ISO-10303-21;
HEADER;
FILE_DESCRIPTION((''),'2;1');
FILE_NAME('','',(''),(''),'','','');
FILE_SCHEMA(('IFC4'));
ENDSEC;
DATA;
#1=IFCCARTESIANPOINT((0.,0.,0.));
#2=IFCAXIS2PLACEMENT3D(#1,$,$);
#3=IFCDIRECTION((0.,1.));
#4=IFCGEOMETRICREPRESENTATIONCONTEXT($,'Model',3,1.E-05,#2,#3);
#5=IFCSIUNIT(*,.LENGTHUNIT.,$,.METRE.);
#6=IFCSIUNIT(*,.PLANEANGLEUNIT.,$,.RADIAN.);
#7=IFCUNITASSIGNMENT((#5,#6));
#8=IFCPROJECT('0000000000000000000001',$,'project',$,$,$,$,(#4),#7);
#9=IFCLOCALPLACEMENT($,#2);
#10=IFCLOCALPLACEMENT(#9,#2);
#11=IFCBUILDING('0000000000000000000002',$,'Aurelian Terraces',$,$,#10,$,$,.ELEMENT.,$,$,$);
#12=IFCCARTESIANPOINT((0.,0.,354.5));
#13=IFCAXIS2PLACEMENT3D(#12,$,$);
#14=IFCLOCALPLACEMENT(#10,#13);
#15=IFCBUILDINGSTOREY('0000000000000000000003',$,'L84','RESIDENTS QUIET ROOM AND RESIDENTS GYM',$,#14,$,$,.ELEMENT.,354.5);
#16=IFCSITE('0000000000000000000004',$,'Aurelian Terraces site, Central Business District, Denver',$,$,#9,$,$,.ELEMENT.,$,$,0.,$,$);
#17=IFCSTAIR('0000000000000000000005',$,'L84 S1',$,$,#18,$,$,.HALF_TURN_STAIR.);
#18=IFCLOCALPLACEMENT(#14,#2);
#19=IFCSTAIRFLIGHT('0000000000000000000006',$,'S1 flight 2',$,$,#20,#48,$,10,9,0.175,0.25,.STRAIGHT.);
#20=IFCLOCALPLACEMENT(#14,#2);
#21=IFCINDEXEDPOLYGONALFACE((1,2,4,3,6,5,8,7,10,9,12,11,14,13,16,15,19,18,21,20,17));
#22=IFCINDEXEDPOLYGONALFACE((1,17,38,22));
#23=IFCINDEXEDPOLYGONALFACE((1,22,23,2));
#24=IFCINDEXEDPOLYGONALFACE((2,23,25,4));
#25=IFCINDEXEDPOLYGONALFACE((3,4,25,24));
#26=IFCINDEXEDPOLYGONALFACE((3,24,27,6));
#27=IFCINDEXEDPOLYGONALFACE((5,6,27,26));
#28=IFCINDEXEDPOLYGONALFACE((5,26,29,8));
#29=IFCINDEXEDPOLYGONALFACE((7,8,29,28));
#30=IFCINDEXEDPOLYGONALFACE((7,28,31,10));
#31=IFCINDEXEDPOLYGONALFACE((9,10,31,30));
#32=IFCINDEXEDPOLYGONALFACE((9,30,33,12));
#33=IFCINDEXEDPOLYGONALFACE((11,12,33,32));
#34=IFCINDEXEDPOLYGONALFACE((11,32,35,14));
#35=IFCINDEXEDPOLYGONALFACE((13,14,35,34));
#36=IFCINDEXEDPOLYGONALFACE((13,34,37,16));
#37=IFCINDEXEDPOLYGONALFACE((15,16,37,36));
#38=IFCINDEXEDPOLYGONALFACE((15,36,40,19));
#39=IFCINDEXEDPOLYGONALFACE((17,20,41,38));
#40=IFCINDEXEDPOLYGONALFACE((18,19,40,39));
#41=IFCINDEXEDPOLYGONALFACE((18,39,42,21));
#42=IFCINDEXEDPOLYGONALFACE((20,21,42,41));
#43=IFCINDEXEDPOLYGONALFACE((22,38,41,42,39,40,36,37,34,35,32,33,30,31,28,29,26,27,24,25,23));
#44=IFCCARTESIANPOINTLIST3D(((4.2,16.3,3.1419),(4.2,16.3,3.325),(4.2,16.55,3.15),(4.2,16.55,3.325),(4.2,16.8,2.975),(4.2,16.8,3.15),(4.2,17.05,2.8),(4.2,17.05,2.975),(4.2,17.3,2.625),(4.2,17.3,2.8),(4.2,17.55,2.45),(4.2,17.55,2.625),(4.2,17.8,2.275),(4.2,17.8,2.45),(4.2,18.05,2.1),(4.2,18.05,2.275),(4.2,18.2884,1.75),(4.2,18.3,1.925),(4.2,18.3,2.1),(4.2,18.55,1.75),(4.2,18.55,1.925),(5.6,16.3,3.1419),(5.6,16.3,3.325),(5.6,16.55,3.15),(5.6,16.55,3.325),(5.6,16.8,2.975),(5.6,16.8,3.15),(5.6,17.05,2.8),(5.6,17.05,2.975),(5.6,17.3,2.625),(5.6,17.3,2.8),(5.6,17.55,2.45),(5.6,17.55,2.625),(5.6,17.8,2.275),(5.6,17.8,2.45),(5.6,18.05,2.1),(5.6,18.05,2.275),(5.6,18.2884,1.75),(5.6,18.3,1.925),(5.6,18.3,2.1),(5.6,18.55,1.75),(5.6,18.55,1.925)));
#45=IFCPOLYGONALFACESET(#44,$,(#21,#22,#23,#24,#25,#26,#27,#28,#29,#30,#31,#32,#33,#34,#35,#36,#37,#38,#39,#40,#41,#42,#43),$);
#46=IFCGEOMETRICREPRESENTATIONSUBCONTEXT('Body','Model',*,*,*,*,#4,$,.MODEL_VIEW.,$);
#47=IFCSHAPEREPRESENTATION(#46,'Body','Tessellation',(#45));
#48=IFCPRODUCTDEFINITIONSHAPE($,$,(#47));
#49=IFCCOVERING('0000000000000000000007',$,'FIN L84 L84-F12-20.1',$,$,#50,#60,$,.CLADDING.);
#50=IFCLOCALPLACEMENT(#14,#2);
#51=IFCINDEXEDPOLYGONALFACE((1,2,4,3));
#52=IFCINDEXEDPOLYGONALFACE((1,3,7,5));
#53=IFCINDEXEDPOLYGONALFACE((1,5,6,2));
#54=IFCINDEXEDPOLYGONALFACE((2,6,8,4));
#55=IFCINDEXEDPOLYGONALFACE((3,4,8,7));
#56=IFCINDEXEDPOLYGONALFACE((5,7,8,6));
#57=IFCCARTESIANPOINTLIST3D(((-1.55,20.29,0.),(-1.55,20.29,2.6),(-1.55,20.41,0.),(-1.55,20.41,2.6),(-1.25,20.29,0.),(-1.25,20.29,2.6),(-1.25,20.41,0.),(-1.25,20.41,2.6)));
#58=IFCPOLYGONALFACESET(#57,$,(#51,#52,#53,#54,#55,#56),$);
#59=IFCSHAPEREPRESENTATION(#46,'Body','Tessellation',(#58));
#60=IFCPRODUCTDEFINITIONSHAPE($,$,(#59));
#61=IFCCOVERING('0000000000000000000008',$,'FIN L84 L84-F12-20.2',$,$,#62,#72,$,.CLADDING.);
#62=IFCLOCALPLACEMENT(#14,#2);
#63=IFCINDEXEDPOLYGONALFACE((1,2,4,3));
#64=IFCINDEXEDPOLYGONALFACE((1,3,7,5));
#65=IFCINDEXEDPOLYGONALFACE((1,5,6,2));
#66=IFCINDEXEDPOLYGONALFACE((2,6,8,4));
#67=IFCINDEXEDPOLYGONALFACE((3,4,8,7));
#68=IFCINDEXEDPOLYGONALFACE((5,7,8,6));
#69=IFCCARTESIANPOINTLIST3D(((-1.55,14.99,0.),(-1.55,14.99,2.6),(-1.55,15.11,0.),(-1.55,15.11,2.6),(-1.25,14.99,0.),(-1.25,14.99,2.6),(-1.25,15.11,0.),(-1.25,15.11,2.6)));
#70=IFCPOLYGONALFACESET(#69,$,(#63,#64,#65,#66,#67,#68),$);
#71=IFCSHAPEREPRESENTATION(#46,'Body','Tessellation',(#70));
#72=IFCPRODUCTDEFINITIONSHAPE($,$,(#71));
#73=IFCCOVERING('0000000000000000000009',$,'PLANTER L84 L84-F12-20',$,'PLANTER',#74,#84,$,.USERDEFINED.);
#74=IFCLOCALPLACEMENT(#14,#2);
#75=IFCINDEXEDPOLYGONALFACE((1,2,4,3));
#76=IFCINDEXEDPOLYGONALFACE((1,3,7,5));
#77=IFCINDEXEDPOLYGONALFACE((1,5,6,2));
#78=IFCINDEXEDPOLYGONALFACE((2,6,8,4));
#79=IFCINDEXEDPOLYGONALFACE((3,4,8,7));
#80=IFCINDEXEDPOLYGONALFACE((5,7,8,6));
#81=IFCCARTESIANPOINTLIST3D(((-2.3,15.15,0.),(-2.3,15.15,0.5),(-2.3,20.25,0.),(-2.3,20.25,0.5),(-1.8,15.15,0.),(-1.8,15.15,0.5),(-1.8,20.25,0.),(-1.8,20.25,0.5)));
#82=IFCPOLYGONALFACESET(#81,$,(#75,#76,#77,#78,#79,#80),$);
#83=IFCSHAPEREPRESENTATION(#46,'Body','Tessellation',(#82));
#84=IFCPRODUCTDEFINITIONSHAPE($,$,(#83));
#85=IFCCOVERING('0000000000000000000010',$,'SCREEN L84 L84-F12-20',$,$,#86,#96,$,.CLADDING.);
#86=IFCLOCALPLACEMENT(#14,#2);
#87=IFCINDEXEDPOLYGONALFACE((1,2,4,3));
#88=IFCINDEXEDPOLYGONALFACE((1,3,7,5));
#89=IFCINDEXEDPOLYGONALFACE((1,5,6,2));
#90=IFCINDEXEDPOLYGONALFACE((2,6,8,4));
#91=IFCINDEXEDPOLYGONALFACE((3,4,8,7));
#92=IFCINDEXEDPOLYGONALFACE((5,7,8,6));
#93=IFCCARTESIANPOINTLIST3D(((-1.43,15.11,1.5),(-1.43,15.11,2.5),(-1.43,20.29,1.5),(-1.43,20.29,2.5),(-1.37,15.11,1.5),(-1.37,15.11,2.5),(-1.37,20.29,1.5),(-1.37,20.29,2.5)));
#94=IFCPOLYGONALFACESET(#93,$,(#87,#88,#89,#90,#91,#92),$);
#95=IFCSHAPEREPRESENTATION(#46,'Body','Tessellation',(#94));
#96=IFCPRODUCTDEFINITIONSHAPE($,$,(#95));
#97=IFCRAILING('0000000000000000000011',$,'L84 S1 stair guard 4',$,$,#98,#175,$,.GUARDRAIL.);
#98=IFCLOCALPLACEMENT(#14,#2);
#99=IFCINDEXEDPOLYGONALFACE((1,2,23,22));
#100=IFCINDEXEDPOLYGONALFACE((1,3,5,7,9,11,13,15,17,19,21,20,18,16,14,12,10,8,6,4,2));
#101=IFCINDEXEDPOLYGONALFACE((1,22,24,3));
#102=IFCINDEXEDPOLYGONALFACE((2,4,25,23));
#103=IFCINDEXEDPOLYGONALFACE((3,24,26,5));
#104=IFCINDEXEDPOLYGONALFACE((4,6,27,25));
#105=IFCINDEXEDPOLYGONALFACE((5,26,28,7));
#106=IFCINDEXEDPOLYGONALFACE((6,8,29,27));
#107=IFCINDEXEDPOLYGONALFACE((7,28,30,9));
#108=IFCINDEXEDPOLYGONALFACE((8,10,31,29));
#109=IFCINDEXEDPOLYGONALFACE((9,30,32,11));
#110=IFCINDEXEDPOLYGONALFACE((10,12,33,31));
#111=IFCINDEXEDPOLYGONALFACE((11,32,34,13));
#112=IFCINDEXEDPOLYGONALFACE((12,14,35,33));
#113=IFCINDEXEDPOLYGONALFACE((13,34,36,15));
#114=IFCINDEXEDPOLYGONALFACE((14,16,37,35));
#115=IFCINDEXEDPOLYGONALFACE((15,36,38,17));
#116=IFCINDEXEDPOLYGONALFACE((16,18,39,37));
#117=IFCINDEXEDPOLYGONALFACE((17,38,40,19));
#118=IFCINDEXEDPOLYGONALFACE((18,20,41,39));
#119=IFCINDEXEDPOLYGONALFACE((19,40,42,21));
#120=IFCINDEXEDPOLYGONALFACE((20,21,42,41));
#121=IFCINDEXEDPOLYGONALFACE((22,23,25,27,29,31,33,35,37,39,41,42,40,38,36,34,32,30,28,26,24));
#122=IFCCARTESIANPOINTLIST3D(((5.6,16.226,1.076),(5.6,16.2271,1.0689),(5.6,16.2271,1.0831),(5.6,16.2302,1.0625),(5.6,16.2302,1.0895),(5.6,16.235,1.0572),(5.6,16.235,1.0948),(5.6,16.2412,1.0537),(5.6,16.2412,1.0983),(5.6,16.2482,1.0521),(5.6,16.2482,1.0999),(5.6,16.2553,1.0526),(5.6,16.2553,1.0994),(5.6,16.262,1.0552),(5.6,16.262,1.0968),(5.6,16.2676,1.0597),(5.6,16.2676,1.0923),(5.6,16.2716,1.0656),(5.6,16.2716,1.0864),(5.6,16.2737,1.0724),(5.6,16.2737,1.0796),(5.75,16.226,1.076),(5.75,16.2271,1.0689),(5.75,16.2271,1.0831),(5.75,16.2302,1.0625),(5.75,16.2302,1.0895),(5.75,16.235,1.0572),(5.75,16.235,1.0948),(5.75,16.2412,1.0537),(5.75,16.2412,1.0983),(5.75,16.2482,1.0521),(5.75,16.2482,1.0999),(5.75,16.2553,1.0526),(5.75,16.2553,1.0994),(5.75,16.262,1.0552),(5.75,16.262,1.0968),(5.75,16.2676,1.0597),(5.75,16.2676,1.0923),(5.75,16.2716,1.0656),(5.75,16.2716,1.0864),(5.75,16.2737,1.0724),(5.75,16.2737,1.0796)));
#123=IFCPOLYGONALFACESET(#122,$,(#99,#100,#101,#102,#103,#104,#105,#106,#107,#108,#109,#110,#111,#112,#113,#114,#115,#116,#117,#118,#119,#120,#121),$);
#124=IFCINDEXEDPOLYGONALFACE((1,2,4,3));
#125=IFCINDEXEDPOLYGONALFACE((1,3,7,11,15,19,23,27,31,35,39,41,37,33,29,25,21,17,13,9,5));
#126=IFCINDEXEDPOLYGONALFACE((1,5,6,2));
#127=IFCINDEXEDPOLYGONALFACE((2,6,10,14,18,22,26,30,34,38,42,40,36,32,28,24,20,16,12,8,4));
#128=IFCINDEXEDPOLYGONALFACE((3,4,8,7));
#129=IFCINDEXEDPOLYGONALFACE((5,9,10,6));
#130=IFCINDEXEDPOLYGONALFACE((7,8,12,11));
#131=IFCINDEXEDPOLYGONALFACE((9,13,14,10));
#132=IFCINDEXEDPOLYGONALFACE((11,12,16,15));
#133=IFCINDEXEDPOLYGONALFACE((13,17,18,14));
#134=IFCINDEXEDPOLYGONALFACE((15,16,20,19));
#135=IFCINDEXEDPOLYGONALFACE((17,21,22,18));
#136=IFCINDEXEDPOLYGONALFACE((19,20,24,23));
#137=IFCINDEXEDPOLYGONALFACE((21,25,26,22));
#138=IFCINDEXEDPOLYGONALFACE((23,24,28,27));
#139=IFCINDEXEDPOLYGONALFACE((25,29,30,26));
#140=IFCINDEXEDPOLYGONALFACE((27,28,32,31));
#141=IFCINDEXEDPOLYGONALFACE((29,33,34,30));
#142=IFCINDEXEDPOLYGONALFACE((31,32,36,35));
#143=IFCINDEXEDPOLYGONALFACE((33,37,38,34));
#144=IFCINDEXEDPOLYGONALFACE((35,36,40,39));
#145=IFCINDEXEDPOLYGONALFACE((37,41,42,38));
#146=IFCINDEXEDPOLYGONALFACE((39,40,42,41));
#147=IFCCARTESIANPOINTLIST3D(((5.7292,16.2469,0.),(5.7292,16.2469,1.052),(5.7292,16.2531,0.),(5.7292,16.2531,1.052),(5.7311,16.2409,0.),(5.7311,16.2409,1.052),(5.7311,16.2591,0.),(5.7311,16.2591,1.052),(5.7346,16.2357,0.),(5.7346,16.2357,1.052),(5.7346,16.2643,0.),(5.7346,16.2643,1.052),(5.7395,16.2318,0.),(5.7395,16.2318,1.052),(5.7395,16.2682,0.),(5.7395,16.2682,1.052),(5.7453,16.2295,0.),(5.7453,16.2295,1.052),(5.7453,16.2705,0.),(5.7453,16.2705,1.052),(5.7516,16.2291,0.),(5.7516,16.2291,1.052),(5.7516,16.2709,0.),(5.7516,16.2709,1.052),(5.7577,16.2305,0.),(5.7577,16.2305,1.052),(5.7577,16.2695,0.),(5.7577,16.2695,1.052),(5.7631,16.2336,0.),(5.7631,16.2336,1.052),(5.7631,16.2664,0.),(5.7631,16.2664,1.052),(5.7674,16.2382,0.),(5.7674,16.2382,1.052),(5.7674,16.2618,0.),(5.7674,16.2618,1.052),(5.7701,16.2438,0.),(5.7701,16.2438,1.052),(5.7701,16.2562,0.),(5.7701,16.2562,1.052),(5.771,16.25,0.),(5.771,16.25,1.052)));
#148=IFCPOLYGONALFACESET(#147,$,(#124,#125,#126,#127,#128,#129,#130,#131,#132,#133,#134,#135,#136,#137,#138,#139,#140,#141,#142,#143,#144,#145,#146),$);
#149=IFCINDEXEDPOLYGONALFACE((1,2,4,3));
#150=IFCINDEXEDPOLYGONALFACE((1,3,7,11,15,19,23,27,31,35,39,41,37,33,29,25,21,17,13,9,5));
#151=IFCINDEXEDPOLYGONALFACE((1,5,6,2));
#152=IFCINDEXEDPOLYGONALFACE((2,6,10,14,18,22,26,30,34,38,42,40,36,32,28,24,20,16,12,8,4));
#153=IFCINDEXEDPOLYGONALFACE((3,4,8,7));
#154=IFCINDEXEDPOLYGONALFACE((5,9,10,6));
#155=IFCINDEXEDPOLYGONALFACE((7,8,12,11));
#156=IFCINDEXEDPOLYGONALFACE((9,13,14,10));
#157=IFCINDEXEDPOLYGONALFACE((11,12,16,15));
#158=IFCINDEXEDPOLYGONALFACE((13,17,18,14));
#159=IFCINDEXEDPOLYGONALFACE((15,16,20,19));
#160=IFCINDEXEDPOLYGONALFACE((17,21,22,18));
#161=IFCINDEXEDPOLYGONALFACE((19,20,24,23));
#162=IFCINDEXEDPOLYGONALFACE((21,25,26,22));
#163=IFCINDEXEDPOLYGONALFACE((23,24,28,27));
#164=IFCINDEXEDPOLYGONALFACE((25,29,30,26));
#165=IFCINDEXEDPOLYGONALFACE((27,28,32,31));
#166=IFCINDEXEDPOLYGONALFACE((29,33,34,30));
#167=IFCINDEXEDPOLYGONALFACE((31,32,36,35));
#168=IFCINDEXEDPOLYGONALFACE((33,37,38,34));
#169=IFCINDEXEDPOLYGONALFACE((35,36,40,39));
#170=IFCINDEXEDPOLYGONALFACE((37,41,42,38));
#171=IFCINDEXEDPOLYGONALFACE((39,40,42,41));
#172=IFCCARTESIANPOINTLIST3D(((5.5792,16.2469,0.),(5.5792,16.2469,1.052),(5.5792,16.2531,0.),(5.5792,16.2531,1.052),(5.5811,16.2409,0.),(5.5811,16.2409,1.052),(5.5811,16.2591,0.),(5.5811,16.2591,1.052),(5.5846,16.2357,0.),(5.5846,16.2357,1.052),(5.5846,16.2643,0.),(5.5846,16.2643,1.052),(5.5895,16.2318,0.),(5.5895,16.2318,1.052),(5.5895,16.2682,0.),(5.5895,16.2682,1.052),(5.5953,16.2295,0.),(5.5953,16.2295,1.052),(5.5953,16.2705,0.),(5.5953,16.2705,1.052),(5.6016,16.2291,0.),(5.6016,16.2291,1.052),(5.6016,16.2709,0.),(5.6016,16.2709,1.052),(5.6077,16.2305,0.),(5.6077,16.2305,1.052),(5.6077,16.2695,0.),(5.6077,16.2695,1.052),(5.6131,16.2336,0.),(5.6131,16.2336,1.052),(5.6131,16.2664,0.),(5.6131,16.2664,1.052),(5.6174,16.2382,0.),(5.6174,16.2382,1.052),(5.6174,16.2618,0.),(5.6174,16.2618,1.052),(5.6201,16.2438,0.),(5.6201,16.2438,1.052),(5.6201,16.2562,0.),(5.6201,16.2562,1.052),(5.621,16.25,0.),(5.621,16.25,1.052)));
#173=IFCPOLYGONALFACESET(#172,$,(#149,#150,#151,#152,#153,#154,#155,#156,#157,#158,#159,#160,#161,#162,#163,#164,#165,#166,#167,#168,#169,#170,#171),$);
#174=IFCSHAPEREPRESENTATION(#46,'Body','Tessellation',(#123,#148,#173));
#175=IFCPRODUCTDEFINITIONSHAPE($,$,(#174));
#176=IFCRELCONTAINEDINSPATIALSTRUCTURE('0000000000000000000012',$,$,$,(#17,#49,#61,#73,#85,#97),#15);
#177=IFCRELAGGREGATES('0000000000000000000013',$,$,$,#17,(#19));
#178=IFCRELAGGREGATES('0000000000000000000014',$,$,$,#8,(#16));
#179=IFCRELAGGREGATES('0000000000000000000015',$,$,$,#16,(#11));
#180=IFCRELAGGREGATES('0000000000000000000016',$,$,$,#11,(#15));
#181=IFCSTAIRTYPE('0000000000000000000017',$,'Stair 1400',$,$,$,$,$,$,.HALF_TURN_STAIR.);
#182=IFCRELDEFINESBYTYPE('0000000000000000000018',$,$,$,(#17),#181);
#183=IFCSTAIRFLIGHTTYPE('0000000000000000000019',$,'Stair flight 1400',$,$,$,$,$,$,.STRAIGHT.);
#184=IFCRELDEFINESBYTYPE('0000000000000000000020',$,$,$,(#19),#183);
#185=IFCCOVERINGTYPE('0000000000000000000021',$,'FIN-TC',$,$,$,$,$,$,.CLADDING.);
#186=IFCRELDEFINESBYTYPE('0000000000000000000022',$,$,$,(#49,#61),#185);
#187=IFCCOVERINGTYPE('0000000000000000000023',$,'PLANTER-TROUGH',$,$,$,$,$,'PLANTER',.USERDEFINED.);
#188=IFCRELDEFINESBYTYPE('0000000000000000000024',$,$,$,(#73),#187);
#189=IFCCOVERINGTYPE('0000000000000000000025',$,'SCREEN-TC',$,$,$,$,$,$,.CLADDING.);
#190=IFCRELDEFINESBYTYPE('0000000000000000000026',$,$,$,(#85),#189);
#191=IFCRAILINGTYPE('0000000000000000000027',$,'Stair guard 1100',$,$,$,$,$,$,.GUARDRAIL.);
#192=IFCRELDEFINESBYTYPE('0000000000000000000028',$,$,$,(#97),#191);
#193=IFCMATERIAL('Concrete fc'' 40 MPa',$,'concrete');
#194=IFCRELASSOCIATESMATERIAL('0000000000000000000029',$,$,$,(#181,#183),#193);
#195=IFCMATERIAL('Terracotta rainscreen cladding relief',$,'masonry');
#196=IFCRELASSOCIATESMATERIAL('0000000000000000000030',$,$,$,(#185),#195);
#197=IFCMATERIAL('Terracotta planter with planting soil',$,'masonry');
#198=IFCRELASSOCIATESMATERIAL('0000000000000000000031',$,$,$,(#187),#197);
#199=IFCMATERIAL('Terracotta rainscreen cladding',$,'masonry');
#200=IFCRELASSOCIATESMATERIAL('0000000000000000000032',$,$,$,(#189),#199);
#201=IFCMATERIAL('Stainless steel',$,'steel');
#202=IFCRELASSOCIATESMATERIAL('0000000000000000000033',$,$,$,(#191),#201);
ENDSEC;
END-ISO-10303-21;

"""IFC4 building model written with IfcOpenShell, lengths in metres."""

from ifc_helpers import new_model, si_unit, direction, frame, origin, origin_2d, place, context, subcontext, project, spatial, polyline, rectangle, circle, outline, extrude, source, transform, mapped, material, type_object, element, aggregate, save


model = new_model("IFC4")

# Units and contexts
model_context = context("Model", 3, precision=1e-05, world=origin(), true_north=direction((0.0, 1.0)))
body_context = subcontext(model_context, "Body", "Model", "MODEL_VIEW")
ifc_project = project(units=[si_unit("LENGTHUNIT", "METRE"), si_unit("PLANEANGLEUNIT", "RADIAN")], contexts=[model_context])

# Site, building, storey
site_placement = place(None, origin())
site = spatial("IfcSite", under=ifc_project, at=site_placement, Name="Aurelian Terraces site, Central Business District, Denver", CompositionType="ELEMENT", RefElevation=0.0)
building_placement = place(site_placement, origin())
building = spatial("IfcBuilding", under=site, at=building_placement, Name="Aurelian Terraces", CompositionType="ELEMENT")
storey_placement = place(building_placement, frame((0.0, 0.0, 354.5)))
storey = spatial("IfcBuildingStorey", under=building, at=storey_placement, Name="L84", Description="RESIDENTS QUIET ROOM AND RESIDENTS GYM", CompositionType="ELEMENT", Elevation=354.5)

# Shared definitions
ifc_material_1 = material(Name="Terracotta rainscreen cladding", Category="masonry")

# Shared definitions
ifc_material_2 = material(Name="Concrete fc' 40 MPa", Category="concrete")

# Stair, stair flight
stair_type = type_object("IfcStairType", Name="Stair 1400", PredefinedType="HALF_TURN_STAIR", material=ifc_material_2)
stair_placement = place(storey_placement, origin())
stair = element("IfcStair", 1, at=stair_placement, inside=storey, type_object=stair_type, Name="L84 S1", PredefinedType="HALF_TURN_STAIR")
stair_flight_type = type_object("IfcStairFlightType", Name="Stair flight 1400", PredefinedType="STRAIGHT", material=ifc_material_2)
shared_shape_1 = source(origin(), body_context, "Body", "SweptSolid", [
    extrude(outline(polyline([(0.0, 0.0), (0.0, 0.175), (0.25, 0.175), (0.25, 0.35), (0.5, 0.35), (0.5, 0.525), (0.75, 0.525), (0.75, 0.7), (1.0, 0.7), (1.0, 0.875), (1.25, 0.875), (1.25, 1.05), (1.5, 1.05), (1.5, 1.225), (1.75, 1.225), (1.75, 1.4), (2.0, 1.4), (2.0, 1.575), (2.25, 1.575), (2.25, 1.75), (2.25, 1.3919), (0.2616, 0.0), (0.0, 0.0)])), frame((0.0, 0.7, 0.0), z_axis=(0.0, -1.0, 0.0), x_axis=(1.0, 0.0, 0.0)), (0.0, 0.0, 1.0), 1.4),
])
stair_flight_placement = place(storey_placement, frame((4.9, 18.55, 1.75), z_axis=(0.0, 0.0, 1.0), x_axis=(0.0, -1.0, 0.0)))
stair_flight = element("IfcStairFlight", 2, at=stair_flight_placement, type_object=stair_flight_type, Name="S1 flight 2", NumberOfRisers=10, NumberOfTreads=9, PredefinedType="STRAIGHT", RiserHeight=0.175, TreadLength=0.25, context=body_context, shape_type="MappedRepresentation", body=[
    mapped(shared_shape_1, transform((0.0, 0.0, 0.0), scale=1.0)),
])
aggregate(stair, [stair_flight])

# Coverings
ifc_material_3 = material(Name="Terracotta rainscreen cladding relief", Category="masonry")
covering_type_1 = type_object("IfcCoveringType", Name="FIN-TC", PredefinedType="CLADDING", material=ifc_material_3)
shared_shape_2 = source(origin(), body_context, "Body", "SweptSolid", [
    extrude(rectangle(XDim=0.3, YDim=0.12, at=origin_2d()), origin(), (0.0, 0.0, 1.0), 2.6),
])
for number, where, z_axis, x_axis, name in (
    (3, (-1.4, 20.35, 0.0), (0.0, 0.0, 1.0), (1.0, 0.0, 0.0), "FIN L84 L84-F12-20.1"),
    (4, (-1.4, 15.05, 0.0), (0.0, 0.0, 1.0), (1.0, 0.0, 0.0), "FIN L84 L84-F12-20.2"),
):
    element("IfcCovering", number, at=place(storey_placement, frame(where, z_axis=z_axis, x_axis=x_axis)), inside=storey, type_object=covering_type_1, Name=name, PredefinedType="CLADDING", context=body_context, shape_type="MappedRepresentation", body=[
        mapped(shared_shape_2, transform((0.0, 0.0, 0.0), scale=1.0)),
    ])
ifc_material_4 = material(Name="Terracotta planter with planting soil", Category="masonry")
covering_type_2 = type_object("IfcCoveringType", Name="PLANTER-TROUGH", ElementType="PLANTER", PredefinedType="USERDEFINED", material=ifc_material_4)
shared_shape_3 = source(origin(), body_context, "Body", "SweptSolid", [
    extrude(rectangle(XDim=0.5, YDim=5.1, at=origin_2d()), origin(), (0.0, 0.0, 1.0), 0.5),
])
covering_1_placement = place(storey_placement, frame((-2.05, 17.7, 0.0), z_axis=(0.0, 0.0, 1.0), x_axis=(1.0, 0.0, 0.0)))
element("IfcCovering", 5, at=covering_1_placement, inside=storey, type_object=covering_type_2, Name="PLANTER L84 L84-F12-20", ObjectType="PLANTER", PredefinedType="USERDEFINED", context=body_context, shape_type="MappedRepresentation", body=[
    mapped(shared_shape_3, transform((0.0, 0.0, 0.0), scale=1.0)),
])
covering_type_3 = type_object("IfcCoveringType", Name="SCREEN-TC", PredefinedType="CLADDING", material=ifc_material_1)
shared_shape_4 = source(origin(), body_context, "Body", "SweptSolid", [
    extrude(rectangle(XDim=0.06, YDim=5.18, at=origin_2d()), origin(), (0.0, 0.0, 1.0), 1.0),
])
covering_2_placement = place(storey_placement, frame((-1.4, 17.7, 1.5), z_axis=(0.0, 0.0, 1.0), x_axis=(1.0, 0.0, 0.0)))
element("IfcCovering", 6, at=covering_2_placement, inside=storey, type_object=covering_type_3, Name="SCREEN L84 L84-F12-20", PredefinedType="CLADDING", context=body_context, shape_type="MappedRepresentation", body=[
    mapped(shared_shape_4, transform((0.0, 0.0, 0.0), scale=1.0)),
])

# Railing
ifc_material_5 = material(Name="Stainless steel", Category="steel")
railing_type_1 = type_object("IfcRailingType", Name="Stair guard 1100", PredefinedType="GUARDRAIL", material=ifc_material_5)
shared_shape_5 = source(origin(), body_context, "Body", "SweptSolid", [
    extrude(circle(Radius=0.024, at=origin_2d()), frame((0.0, 0.0, 1.076), z_axis=(-1.0, 0.0, 0.0), x_axis=(0.0, -1.0, 0.0)), (0.0, 0.0, 1.0), 0.15),
    extrude(circle(Radius=0.021, at=origin_2d()), origin(), (0.0, 0.0, 1.0), 1.052),
    extrude(circle(Radius=0.021, at=origin_2d()), frame((-0.15, 0.0, 0.0)), (0.0, 0.0, 1.0), 1.052),
])
railing_1_placement = place(storey_placement, frame((5.75, 16.25, 0.0)))
element("IfcRailing", 7, at=railing_1_placement, inside=storey, type_object=railing_type_1, Name="L84 S1 stair guard 4", PredefinedType="GUARDRAIL", context=body_context, shape_type="MappedRepresentation", body=[
    mapped(shared_shape_5, transform((0.0, 0.0, 0.0), scale=1.0)),
])

save(model, "model.ifc")
